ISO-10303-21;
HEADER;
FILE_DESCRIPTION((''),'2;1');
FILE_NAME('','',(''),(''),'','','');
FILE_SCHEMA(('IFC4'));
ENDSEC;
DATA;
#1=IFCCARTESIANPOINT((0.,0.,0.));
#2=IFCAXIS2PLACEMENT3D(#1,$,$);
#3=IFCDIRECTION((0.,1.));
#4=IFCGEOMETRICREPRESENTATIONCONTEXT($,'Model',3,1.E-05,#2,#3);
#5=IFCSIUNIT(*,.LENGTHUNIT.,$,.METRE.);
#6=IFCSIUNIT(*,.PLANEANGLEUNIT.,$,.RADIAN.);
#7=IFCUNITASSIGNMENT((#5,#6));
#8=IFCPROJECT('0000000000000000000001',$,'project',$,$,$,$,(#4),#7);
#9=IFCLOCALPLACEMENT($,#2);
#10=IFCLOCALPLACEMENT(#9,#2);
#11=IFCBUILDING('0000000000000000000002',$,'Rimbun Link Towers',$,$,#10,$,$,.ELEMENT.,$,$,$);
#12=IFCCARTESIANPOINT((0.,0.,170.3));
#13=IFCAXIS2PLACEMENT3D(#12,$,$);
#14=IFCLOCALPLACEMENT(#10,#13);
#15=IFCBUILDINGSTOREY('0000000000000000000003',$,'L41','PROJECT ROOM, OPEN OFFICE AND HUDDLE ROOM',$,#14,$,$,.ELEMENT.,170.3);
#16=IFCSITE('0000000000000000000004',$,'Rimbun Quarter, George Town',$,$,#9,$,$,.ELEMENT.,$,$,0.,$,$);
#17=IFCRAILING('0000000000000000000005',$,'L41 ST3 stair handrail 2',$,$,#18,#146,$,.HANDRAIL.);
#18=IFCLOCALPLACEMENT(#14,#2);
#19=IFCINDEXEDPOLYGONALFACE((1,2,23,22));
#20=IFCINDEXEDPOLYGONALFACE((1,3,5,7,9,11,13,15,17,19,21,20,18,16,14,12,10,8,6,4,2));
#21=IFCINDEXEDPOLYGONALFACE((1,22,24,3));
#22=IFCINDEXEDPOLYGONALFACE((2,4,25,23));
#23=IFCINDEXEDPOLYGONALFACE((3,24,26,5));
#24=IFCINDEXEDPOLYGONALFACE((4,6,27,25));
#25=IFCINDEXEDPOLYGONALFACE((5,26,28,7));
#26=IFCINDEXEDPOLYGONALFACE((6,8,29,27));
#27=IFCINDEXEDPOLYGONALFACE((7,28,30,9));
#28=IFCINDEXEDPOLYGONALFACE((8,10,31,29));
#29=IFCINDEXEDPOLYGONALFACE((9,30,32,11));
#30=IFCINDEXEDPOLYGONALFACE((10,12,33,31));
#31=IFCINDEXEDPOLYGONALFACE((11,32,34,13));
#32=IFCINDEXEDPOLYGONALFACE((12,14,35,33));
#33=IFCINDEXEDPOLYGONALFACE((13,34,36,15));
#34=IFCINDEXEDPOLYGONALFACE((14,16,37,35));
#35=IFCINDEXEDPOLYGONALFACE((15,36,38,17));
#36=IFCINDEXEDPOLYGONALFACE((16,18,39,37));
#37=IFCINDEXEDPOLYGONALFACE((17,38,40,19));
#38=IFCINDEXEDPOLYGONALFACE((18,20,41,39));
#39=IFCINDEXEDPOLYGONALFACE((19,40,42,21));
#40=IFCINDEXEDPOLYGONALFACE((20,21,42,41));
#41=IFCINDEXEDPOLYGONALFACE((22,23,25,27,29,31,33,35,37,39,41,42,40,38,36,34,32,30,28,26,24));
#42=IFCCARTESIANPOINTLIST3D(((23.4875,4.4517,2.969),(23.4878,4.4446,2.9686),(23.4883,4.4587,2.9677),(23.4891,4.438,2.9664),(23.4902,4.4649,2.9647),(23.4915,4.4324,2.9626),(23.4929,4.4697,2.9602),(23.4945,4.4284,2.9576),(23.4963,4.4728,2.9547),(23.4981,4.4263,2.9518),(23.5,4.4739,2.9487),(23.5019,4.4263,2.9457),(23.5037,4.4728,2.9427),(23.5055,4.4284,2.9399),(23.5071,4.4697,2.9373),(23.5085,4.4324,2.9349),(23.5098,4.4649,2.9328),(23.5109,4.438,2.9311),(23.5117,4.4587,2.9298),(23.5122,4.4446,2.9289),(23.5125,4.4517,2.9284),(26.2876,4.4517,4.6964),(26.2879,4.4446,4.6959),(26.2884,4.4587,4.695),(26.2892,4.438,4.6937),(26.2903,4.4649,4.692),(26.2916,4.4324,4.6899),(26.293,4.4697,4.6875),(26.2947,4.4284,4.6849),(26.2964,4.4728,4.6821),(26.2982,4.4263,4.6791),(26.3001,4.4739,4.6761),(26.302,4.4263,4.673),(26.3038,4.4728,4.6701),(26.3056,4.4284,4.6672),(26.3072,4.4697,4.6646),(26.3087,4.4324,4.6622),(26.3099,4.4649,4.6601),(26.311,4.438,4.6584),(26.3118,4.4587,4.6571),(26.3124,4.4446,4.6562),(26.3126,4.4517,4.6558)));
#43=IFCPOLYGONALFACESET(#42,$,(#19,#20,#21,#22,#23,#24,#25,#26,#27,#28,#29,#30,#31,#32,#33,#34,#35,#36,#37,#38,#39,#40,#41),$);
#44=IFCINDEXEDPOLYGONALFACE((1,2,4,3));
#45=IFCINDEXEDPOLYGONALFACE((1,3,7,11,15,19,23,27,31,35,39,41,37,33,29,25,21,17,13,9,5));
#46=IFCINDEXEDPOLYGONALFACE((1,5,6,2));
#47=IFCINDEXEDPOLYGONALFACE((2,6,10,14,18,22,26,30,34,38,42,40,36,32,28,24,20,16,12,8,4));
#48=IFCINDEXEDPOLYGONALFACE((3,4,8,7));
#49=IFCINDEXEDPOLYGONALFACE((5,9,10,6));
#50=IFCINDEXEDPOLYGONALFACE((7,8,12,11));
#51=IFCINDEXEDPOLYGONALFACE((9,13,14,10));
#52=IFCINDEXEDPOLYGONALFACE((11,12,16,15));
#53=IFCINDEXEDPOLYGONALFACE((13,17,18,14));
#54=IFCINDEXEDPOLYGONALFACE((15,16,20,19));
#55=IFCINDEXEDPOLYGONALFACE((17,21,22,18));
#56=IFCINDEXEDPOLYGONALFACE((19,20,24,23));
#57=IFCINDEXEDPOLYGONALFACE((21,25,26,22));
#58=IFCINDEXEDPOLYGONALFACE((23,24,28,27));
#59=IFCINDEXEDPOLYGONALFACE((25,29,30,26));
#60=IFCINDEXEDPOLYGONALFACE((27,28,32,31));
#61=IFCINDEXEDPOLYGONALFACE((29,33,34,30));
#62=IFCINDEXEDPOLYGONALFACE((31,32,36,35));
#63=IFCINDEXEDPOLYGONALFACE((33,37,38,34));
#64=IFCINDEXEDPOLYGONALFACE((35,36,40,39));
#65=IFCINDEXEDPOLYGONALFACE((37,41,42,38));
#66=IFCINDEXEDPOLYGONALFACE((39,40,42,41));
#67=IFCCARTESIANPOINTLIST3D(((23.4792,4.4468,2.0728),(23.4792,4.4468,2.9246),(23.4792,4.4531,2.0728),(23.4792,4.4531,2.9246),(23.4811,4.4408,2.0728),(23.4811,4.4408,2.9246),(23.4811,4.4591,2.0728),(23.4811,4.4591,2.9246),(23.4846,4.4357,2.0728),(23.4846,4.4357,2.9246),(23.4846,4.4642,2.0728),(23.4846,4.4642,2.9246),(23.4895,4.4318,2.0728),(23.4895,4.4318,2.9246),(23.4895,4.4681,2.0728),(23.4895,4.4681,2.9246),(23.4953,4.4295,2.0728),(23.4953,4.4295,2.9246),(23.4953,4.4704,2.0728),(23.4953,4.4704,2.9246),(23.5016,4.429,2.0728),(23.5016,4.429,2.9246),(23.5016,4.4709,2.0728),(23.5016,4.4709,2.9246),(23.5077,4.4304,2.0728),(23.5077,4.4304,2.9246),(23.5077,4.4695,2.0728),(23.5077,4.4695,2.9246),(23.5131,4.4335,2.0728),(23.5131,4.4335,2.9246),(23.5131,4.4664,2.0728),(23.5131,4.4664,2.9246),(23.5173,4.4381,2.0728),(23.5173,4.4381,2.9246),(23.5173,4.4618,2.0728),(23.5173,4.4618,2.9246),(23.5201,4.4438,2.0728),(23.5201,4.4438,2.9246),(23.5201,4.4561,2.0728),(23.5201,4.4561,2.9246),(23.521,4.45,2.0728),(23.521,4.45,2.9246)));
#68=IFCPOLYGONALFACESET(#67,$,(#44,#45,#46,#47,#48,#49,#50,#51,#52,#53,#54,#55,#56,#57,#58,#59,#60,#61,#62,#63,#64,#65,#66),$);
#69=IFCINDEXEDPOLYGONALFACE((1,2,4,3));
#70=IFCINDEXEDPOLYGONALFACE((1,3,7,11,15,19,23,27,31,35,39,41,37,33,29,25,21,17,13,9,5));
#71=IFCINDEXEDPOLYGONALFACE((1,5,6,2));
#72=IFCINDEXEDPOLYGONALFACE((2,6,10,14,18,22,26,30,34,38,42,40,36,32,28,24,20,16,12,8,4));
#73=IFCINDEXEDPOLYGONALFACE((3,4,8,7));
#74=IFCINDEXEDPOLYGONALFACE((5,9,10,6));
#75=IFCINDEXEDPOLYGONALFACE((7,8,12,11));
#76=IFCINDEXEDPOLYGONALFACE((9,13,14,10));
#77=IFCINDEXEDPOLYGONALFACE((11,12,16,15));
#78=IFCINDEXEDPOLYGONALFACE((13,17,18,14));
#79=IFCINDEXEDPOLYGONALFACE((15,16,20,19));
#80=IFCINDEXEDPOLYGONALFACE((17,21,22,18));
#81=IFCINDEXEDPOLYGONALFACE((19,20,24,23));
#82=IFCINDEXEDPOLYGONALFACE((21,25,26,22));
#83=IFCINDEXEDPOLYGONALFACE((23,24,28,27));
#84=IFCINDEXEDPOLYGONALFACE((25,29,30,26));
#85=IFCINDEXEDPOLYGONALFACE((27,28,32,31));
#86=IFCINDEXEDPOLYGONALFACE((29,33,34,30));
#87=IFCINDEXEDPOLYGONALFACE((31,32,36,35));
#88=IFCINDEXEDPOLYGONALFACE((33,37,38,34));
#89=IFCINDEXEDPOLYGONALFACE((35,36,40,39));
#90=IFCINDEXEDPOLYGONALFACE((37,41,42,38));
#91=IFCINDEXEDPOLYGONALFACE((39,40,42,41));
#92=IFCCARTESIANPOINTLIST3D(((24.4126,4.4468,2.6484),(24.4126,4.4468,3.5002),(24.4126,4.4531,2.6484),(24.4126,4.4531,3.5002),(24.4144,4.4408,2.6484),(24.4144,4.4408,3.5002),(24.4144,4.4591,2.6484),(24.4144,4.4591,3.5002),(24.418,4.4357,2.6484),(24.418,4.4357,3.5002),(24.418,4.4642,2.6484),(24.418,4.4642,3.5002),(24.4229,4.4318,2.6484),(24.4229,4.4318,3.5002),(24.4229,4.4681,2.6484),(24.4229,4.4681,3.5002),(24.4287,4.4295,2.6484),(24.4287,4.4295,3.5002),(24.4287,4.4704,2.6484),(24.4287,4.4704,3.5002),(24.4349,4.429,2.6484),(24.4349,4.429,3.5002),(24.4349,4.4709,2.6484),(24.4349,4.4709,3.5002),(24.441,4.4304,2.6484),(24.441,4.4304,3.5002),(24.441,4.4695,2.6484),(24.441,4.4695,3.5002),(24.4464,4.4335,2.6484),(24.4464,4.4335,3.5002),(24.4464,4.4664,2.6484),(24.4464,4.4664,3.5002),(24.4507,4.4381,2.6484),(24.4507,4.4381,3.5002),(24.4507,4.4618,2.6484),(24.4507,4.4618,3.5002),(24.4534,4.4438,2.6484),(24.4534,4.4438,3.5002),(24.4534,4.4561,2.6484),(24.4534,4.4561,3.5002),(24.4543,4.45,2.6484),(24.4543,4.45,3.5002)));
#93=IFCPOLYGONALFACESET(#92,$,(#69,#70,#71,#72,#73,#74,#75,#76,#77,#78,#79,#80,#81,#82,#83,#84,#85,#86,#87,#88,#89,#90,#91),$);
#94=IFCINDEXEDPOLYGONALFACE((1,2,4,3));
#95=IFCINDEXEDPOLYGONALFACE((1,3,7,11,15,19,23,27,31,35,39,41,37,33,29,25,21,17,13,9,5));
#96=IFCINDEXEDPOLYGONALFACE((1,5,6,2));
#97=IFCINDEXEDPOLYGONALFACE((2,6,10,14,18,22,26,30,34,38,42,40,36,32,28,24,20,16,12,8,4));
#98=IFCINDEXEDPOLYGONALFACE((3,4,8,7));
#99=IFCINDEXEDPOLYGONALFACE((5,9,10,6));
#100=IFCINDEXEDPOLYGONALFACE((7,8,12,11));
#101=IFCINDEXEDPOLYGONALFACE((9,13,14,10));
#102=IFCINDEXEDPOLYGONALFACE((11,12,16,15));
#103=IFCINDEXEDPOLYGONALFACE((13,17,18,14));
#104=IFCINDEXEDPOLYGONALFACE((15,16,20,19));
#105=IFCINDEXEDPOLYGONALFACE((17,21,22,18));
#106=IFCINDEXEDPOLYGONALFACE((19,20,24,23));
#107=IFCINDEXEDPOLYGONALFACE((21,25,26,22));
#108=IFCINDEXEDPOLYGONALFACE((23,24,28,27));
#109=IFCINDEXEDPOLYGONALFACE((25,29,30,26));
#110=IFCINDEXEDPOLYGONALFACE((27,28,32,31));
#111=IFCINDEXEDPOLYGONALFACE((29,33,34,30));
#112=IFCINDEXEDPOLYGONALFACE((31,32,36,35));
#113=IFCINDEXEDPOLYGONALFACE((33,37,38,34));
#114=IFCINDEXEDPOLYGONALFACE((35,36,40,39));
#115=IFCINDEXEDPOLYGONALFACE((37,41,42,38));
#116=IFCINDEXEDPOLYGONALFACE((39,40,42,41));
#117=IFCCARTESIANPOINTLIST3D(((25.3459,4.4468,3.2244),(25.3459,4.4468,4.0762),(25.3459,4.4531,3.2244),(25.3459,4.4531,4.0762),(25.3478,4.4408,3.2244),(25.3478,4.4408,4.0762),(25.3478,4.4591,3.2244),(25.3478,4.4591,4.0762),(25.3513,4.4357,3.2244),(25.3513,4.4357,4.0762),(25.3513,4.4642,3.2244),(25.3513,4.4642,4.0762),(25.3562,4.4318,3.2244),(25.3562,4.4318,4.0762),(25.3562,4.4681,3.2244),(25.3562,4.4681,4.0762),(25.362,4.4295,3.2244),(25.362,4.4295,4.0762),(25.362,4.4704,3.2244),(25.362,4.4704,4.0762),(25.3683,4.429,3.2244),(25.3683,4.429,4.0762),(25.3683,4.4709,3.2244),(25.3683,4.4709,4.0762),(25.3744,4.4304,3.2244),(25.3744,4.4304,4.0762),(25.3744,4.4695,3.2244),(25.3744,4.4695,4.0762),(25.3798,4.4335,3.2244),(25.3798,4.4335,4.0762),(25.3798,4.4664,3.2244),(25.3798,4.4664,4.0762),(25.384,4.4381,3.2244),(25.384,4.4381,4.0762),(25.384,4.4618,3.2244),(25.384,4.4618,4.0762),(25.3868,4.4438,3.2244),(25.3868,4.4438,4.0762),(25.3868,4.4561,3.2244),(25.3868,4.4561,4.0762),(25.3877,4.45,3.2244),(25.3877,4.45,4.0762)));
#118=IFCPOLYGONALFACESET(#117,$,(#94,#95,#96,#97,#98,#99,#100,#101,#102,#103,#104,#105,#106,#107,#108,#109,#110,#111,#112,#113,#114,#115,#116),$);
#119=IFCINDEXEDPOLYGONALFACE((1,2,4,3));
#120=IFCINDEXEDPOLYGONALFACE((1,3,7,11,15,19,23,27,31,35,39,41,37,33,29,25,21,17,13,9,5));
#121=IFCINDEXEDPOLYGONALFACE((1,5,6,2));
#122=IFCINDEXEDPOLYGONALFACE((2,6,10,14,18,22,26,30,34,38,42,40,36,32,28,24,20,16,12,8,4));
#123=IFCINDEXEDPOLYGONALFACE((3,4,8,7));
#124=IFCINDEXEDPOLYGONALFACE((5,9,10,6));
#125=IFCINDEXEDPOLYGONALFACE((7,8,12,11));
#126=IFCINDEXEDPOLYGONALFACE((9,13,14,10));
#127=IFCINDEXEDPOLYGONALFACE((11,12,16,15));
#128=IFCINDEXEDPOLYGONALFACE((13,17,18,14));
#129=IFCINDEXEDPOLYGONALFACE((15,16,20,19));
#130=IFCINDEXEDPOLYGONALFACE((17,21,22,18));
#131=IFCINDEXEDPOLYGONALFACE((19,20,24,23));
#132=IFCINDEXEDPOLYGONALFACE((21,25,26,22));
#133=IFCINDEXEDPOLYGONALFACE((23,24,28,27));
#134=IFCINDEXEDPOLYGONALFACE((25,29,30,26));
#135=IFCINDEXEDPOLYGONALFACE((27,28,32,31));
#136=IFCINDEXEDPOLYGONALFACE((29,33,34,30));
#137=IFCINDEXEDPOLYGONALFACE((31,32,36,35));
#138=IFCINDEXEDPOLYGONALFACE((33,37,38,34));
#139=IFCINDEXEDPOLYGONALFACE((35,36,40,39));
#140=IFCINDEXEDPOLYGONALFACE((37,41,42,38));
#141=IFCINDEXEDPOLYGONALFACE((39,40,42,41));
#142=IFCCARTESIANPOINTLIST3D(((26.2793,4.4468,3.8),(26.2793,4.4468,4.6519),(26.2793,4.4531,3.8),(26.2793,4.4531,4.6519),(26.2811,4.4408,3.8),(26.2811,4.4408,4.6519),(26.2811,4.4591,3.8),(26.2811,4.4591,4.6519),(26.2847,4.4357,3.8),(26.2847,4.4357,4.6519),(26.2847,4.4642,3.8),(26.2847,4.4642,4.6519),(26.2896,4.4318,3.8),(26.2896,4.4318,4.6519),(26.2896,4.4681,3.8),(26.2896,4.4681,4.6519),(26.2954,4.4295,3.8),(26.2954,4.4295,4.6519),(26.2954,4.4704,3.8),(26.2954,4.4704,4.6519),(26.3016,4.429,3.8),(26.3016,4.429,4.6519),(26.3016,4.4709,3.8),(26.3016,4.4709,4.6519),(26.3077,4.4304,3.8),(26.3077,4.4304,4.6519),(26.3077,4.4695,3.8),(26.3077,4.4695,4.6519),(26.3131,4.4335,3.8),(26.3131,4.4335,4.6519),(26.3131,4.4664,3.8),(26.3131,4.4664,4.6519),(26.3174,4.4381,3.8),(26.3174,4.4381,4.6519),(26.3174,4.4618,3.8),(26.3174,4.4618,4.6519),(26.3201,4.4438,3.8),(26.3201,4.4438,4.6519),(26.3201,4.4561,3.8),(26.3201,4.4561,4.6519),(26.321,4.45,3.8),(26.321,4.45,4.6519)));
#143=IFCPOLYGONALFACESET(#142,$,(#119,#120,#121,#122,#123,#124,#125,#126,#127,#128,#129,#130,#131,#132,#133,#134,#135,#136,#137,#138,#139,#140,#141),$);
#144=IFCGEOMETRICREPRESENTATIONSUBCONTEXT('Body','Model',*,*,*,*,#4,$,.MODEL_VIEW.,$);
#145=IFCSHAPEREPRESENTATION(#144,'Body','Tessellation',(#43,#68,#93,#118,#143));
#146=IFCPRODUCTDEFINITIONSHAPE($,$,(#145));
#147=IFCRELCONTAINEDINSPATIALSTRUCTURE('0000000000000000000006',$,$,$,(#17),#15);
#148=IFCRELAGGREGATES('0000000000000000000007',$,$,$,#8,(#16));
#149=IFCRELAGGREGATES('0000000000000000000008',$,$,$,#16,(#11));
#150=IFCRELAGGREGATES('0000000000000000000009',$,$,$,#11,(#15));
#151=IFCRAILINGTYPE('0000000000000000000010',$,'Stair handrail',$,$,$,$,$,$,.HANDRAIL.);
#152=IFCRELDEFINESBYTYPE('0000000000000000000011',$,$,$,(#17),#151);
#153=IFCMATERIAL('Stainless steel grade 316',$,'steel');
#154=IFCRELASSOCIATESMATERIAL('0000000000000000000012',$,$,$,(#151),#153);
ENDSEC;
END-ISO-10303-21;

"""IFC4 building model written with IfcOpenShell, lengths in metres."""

from ifc_helpers import new_model, si_unit, direction, frame, origin, origin_2d, place, context, subcontext, project, spatial, circle, extrude, material, type_object, element, save


model = new_model("IFC4")

# Units and contexts
model_context = context("Model", 3, precision=1e-05, world=origin(), true_north=direction((0.0, 1.0)))
body_context = subcontext(model_context, "Body", "Model", "MODEL_VIEW")
ifc_project = project(units=[si_unit("LENGTHUNIT", "METRE"), si_unit("PLANEANGLEUNIT", "RADIAN")], contexts=[model_context])

# Site, building, storey
site_placement = place(None, origin())
site = spatial("IfcSite", under=ifc_project, at=site_placement, Name="Rimbun Quarter, George Town", CompositionType="ELEMENT", RefElevation=0.0)
building_placement = place(site_placement, origin())
building = spatial("IfcBuilding", under=site, at=building_placement, Name="Rimbun Link Towers", CompositionType="ELEMENT")
storey_placement = place(building_placement, frame((0.0, 0.0, 170.3)))
storey = spatial("IfcBuildingStorey", under=building, at=storey_placement, Name="L41", Description="PROJECT ROOM, OPEN OFFICE AND HUDDLE ROOM", CompositionType="ELEMENT", Elevation=170.3)

# Railing
ifc_material_1 = material(Name="Stainless steel grade 316", Category="steel")
railing_type_1 = type_object("IfcRailingType", Name="Stair handrail", PredefinedType="HANDRAIL", material=ifc_material_1)
railing_1_placement = place(storey_placement, frame((23.5, 4.45, 2.0728)))
element("IfcRailing", 1, at=railing_1_placement, inside=storey, type_object=railing_type_1, Name="L41 ST3 stair handrail 2", PredefinedType="HANDRAIL", context=body_context, shape_type="SweptSolid", body=[
    extrude(circle(Radius=0.0239, at=origin_2d()), frame((0.0, 0.0, 0.876), z_axis=(0.85109, 0.0, 0.52502), x_axis=(0.0, 1.0, 0.0)), (0.0, 0.0, 1.0), 3.29),
    extrude(circle(Radius=0.021, at=origin_2d()), origin(), (0.0, 0.0, 1.0), 0.8518),
    extrude(circle(Radius=0.021, at=origin_2d()), frame((0.9333, 0.0, 0.5757)), (0.0, 0.0, 1.0), 0.8518),
    extrude(circle(Radius=0.021, at=origin_2d()), frame((1.8667, 0.0, 1.1516)), (0.0, 0.0, 1.0), 0.8518),
    extrude(circle(Radius=0.021, at=origin_2d()), frame((2.8, 0.0, 1.7273)), (0.0, 0.0, 1.0), 0.8518),
])

save(model, "model.ifc")
